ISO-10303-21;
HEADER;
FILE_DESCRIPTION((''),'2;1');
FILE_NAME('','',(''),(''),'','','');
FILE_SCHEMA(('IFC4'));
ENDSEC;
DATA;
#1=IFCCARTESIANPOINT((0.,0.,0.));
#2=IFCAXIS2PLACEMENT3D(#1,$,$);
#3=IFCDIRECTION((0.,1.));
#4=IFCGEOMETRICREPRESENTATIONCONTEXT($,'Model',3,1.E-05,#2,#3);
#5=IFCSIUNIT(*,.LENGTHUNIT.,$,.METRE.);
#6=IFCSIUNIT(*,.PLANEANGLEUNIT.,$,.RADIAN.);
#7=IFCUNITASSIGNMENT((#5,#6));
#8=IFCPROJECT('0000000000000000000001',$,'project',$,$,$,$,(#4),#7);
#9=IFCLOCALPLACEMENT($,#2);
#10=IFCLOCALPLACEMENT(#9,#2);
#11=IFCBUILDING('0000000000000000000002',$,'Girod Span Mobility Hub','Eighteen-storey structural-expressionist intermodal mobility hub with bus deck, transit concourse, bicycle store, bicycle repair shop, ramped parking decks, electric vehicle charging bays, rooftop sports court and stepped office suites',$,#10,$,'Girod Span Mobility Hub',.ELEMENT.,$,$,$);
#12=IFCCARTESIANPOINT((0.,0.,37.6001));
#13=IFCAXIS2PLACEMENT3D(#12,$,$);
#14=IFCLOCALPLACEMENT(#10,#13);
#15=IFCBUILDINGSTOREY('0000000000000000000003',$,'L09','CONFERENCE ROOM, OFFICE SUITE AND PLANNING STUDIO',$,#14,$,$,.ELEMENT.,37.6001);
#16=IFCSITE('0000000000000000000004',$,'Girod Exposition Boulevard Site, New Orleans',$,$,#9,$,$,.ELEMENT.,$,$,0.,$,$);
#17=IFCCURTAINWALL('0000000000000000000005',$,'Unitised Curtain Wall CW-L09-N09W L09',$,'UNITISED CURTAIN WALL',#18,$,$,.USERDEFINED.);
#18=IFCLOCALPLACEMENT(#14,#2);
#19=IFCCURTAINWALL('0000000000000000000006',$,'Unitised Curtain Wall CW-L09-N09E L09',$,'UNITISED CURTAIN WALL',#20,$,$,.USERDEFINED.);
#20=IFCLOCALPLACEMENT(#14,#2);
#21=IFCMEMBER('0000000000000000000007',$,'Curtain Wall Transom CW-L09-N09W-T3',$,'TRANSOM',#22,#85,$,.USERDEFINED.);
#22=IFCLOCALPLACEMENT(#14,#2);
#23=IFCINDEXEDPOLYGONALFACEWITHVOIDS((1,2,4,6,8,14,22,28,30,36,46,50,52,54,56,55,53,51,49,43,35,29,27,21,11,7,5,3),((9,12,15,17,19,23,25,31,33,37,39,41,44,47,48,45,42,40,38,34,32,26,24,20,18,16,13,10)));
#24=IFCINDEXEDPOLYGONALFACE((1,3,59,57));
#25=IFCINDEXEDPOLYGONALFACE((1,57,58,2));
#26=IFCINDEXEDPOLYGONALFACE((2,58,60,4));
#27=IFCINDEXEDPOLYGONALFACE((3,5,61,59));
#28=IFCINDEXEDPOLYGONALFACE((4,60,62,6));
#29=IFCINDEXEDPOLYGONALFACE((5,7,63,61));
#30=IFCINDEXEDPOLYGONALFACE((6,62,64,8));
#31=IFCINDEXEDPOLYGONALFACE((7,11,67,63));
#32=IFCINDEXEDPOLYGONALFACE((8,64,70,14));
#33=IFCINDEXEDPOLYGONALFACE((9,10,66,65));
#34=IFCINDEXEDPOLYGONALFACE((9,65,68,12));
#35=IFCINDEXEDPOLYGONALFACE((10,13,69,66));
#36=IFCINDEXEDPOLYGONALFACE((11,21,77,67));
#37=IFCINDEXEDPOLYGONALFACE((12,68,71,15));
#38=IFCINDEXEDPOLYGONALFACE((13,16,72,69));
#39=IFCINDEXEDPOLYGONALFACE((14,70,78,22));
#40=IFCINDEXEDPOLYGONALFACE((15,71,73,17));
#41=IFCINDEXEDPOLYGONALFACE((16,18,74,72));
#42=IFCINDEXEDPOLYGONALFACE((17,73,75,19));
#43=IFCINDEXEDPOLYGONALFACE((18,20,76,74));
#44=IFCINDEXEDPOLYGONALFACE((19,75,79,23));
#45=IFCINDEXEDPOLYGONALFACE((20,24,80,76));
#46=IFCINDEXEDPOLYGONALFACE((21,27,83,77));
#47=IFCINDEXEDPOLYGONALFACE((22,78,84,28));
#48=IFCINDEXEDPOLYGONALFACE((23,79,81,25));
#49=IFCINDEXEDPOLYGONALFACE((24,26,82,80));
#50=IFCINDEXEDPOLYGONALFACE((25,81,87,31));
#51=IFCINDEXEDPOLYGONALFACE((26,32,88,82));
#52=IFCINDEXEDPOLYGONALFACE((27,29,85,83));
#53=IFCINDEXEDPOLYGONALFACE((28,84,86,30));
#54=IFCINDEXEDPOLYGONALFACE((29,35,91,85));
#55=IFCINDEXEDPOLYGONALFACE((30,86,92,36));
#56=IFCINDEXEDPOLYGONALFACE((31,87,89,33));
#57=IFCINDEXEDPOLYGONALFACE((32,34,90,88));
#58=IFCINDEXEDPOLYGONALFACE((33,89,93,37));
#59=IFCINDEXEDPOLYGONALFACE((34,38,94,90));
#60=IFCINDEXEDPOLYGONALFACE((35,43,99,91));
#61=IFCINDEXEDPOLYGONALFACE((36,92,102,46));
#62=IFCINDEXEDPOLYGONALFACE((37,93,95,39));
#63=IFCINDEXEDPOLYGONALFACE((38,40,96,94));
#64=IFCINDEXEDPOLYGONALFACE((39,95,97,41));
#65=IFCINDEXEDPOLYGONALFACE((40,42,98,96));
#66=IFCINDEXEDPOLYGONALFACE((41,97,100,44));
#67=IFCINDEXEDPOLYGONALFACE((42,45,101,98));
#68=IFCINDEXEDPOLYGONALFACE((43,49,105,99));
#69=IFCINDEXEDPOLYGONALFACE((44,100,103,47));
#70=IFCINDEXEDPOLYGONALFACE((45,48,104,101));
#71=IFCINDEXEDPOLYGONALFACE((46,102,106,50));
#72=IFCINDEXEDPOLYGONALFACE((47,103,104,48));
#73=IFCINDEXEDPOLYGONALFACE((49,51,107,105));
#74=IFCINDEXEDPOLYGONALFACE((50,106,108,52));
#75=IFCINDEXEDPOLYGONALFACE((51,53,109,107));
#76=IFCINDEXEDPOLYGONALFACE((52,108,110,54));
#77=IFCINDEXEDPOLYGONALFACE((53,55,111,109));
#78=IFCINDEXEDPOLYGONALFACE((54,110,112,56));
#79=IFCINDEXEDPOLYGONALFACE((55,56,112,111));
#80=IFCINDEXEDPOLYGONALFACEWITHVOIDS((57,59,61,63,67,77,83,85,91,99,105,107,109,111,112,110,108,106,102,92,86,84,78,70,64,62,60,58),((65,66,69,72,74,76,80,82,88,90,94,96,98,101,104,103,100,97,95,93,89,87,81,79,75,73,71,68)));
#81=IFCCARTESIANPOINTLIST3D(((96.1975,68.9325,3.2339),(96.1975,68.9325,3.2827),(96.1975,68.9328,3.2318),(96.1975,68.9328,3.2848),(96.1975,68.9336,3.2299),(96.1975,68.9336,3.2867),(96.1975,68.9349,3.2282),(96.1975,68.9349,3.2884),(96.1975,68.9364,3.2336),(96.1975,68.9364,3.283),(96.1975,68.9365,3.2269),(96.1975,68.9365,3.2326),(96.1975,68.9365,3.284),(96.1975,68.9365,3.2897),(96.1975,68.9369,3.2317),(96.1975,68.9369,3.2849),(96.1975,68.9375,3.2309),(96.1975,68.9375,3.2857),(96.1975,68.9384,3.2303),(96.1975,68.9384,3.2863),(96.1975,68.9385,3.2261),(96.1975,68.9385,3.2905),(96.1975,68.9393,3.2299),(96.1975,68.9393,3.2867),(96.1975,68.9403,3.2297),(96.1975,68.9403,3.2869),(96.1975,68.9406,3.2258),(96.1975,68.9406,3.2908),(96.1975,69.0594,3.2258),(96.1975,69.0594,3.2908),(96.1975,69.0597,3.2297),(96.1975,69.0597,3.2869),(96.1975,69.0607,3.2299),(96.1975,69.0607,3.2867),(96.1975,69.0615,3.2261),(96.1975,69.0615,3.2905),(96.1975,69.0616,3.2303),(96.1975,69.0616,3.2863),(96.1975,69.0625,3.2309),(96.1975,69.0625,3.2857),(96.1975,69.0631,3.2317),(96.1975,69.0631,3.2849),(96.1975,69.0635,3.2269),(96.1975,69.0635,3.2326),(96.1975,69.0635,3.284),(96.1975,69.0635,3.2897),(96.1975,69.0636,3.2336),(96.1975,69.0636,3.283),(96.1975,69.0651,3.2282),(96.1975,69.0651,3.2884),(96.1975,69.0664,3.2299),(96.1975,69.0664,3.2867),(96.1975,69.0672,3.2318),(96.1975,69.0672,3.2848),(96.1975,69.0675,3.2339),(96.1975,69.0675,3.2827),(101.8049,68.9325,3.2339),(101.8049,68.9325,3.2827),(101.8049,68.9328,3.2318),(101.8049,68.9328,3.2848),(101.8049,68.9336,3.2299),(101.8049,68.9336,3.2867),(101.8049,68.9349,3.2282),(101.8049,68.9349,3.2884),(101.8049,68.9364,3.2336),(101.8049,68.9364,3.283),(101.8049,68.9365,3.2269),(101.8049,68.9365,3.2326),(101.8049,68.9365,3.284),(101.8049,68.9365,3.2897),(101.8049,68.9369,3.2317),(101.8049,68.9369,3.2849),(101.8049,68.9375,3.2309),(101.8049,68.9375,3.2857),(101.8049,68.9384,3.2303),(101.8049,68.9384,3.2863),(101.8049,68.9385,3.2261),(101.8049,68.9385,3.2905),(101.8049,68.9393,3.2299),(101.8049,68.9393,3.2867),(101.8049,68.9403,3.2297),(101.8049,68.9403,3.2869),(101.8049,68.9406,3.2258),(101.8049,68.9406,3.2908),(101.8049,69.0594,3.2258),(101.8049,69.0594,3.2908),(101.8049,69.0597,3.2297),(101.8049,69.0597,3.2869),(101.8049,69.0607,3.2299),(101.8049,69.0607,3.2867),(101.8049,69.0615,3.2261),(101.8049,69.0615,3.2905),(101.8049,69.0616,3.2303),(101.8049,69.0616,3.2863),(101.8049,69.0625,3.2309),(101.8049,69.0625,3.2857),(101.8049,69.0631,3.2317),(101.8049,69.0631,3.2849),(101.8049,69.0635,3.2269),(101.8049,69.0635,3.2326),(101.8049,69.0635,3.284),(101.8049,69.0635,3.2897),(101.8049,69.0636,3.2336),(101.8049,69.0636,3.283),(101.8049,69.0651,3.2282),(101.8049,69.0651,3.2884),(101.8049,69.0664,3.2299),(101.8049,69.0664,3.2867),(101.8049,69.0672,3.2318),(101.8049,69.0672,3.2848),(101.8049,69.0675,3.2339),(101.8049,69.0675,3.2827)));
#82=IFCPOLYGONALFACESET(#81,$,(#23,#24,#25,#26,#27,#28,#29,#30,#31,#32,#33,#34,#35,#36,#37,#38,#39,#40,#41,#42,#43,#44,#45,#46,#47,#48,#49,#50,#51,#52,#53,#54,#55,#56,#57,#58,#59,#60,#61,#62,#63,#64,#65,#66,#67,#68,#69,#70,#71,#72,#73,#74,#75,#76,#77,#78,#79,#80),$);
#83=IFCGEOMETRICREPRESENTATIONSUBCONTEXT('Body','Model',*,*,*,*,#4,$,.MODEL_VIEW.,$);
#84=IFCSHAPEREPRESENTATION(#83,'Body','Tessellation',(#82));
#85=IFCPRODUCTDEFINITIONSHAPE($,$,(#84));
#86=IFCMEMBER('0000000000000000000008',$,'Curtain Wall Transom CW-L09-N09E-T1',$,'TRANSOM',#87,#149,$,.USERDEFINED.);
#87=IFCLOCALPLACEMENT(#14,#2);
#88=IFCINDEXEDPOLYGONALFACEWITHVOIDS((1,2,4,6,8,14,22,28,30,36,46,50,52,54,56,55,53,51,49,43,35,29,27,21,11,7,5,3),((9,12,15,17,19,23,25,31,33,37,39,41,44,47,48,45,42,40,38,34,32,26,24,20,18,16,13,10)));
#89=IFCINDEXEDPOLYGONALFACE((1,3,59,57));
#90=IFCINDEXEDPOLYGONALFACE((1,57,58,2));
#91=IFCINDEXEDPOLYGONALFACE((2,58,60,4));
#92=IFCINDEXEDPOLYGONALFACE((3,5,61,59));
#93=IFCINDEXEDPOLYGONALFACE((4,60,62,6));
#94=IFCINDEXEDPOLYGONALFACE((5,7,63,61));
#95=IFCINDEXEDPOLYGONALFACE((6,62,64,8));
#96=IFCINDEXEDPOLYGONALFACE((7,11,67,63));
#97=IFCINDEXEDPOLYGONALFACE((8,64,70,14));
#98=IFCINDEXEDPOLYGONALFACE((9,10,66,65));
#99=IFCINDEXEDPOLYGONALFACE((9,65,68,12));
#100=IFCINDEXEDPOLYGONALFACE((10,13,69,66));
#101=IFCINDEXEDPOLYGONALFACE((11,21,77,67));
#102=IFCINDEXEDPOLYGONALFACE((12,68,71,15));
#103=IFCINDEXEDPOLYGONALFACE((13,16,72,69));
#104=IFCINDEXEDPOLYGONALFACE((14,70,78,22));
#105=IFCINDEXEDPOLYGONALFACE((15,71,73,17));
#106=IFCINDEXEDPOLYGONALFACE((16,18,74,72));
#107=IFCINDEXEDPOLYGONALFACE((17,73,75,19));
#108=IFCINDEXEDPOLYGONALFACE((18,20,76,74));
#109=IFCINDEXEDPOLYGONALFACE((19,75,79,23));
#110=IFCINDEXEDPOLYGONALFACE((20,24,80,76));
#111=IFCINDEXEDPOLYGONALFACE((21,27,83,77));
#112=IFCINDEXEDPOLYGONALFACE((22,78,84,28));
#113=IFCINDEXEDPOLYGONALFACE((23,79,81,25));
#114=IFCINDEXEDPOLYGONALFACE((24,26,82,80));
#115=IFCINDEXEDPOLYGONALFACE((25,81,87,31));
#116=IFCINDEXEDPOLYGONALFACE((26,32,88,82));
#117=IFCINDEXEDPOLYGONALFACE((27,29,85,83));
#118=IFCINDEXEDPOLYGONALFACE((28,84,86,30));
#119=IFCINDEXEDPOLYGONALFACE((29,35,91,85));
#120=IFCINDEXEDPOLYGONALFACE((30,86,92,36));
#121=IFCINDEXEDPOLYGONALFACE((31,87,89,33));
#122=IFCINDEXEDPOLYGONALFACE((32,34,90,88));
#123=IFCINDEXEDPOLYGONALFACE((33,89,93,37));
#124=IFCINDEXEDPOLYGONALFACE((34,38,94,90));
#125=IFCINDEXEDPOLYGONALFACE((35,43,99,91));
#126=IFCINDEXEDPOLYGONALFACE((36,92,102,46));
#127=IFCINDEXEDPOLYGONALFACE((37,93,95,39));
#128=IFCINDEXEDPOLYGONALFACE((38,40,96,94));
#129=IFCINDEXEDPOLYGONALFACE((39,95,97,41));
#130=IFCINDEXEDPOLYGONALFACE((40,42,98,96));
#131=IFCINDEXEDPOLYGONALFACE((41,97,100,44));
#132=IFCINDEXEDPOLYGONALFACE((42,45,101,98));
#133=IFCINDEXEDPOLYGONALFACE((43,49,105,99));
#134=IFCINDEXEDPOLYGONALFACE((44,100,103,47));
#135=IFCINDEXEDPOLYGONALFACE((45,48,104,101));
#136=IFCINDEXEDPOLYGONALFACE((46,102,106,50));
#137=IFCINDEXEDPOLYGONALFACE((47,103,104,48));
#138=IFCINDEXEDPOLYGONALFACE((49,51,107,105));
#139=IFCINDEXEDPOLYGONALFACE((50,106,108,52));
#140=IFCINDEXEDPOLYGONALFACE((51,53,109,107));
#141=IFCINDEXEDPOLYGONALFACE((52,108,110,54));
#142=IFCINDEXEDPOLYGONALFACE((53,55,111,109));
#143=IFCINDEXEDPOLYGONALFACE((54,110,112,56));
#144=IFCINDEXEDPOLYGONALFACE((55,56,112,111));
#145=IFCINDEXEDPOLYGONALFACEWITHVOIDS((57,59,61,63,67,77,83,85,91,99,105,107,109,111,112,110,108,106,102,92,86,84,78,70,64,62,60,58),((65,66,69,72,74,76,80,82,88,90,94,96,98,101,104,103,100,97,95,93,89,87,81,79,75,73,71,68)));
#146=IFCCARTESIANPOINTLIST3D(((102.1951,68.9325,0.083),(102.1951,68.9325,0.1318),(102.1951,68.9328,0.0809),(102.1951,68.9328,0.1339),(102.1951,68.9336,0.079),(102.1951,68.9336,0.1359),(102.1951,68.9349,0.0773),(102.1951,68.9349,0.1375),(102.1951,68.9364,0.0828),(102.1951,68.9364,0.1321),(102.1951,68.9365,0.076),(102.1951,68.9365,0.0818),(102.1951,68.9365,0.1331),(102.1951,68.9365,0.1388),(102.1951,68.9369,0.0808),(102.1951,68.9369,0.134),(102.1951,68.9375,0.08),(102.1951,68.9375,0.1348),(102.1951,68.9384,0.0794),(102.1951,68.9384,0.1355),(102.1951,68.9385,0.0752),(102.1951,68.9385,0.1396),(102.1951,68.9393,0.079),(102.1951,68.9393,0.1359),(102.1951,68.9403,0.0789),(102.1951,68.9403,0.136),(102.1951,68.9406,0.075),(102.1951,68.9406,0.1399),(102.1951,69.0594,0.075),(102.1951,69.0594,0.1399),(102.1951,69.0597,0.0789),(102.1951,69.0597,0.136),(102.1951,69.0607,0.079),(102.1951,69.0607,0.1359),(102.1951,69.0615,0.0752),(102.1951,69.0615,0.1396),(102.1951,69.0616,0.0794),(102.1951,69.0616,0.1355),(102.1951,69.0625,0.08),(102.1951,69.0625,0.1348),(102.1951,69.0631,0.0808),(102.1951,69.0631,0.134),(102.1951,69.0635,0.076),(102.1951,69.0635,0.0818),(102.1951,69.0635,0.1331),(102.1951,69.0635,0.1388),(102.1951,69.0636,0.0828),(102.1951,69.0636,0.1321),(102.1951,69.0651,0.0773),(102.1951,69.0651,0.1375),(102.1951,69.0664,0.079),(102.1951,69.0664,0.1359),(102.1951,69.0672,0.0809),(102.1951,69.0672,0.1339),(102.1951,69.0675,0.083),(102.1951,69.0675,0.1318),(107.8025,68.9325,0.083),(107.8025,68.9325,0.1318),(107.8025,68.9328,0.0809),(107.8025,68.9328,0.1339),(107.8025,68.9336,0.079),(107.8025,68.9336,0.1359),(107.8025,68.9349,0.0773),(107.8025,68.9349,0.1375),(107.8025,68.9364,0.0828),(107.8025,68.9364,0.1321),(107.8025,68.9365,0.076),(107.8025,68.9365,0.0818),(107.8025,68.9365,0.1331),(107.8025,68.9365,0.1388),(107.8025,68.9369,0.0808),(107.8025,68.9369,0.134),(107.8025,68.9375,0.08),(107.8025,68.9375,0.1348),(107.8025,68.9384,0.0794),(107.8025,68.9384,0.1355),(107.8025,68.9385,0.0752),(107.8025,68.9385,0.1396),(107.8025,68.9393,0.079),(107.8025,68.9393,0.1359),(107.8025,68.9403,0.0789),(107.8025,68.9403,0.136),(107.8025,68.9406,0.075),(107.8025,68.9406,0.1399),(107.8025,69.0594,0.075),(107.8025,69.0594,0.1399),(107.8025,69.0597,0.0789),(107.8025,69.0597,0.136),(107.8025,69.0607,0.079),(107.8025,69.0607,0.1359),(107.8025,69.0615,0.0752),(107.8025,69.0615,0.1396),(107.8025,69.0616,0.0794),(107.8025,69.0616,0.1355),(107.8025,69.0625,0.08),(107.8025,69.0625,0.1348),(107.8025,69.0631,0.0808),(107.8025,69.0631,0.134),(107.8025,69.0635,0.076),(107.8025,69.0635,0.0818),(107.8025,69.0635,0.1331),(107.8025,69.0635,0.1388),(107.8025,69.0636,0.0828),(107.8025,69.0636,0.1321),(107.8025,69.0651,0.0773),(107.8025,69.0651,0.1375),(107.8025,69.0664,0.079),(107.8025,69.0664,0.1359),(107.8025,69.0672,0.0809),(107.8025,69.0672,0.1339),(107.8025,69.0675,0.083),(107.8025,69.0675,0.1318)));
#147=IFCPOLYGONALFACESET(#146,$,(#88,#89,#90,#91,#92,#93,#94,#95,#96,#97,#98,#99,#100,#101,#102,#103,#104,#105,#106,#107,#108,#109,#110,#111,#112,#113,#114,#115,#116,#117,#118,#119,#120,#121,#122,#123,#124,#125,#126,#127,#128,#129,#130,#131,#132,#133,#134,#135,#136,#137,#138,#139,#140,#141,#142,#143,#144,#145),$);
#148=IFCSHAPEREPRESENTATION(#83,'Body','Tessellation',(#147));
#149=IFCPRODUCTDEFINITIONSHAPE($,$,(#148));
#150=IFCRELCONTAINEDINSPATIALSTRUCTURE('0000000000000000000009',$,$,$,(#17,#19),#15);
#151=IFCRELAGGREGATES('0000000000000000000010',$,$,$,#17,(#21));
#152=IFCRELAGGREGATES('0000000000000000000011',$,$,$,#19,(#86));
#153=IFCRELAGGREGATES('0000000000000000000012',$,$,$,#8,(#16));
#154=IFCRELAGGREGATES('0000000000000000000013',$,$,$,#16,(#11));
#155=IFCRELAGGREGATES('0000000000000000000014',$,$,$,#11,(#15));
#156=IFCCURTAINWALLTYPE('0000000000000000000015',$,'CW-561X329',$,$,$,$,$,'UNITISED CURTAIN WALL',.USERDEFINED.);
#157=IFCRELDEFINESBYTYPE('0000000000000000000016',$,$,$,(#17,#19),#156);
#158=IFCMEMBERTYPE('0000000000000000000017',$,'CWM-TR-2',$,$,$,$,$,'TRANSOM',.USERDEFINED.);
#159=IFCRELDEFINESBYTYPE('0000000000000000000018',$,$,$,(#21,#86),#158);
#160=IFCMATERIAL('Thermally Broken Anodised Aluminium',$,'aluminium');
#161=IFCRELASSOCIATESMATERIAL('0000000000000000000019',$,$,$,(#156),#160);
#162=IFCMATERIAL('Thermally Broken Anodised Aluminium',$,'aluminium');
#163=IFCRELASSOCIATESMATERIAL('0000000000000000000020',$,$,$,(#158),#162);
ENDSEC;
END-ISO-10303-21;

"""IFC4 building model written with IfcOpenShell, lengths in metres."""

from ifc_helpers import new_model, si_unit, direction, frame, origin, origin_2d, place, context, subcontext, project, spatial, hollow_rectangle, extrude, material, material_profile, profile_set, type_object, element, aggregate, save


model = new_model("IFC4")

# Units and contexts
model_context = context("Model", 3, precision=1e-05, world=origin(), true_north=direction((0.0, 1.0)))
body_context = subcontext(model_context, "Body", "Model", "MODEL_VIEW")
ifc_project = project(units=[si_unit("LENGTHUNIT", "METRE"), si_unit("PLANEANGLEUNIT", "RADIAN")], contexts=[model_context])

# Site, building, storey
site_placement = place(None, origin())
site = spatial("IfcSite", under=ifc_project, at=site_placement, Name="Girod Exposition Boulevard Site, New Orleans", CompositionType="ELEMENT", RefElevation=0.0)
building_placement = place(site_placement, origin())
building = spatial("IfcBuilding", under=site, at=building_placement, Name="Girod Span Mobility Hub", Description="Eighteen-storey structural-expressionist intermodal mobility hub with bus deck, transit concourse, bicycle store, bicycle repair shop, ramped parking decks, electric vehicle charging bays, rooftop sports court and stepped office suites", LongName="Girod Span Mobility Hub", CompositionType="ELEMENT")
storey_placement = place(building_placement, frame((0.0, 0.0, 37.6001)))
storey = spatial("IfcBuildingStorey", under=building, at=storey_placement, Name="L09", Description="CONFERENCE ROOM, OFFICE SUITE AND PLANNING STUDIO", CompositionType="ELEMENT", Elevation=37.6001)

# Curtain walls
ifc_material_1 = material(Name="Thermally Broken Anodised Aluminium", Category="aluminium")
curtain_wall_type = type_object("IfcCurtainWallType", Name="CW-561X329", ElementType="UNITISED CURTAIN WALL", PredefinedType="USERDEFINED", material=ifc_material_1)
curtain_wall_1_placement = place(storey_placement, origin())
curtain_wall_1 = element("IfcCurtainWall", 1, at=curtain_wall_1_placement, inside=storey, type_object=curtain_wall_type, Name="Unitised Curtain Wall CW-L09-N09W L09", ObjectType="UNITISED CURTAIN WALL", PredefinedType="USERDEFINED")
curtain_wall_2_placement = place(storey_placement, origin())
curtain_wall_2 = element("IfcCurtainWall", 2, at=curtain_wall_2_placement, inside=storey, type_object=curtain_wall_type, Name="Unitised Curtain Wall CW-L09-N09E L09", ObjectType="UNITISED CURTAIN WALL", PredefinedType="USERDEFINED")

# Members
ifc_material_2 = material(Name="Thermally Broken Anodised Aluminium", Category="aluminium")
ifc_material_profile_1 = material_profile(ifc_material_2, hollow_rectangle(XDim=0.135, YDim=0.0649, WallThickness=0.0039, InnerFilletRadius=0.0039, OuterFilletRadius=0.0081, at=origin_2d()), Name="CW-TR-65X135")
ifc_profile_set_1 = profile_set([ifc_material_profile_1], Name="Thermally Broken Anodised Aluminium")
member_type_1 = type_object("IfcMemberType", Name="CWM-TR-2", ElementType="TRANSOM", PredefinedType="USERDEFINED", material=ifc_profile_set_1)
member_1_placement = place(storey_placement, frame((96.1975, 69.0, 3.2583), z_axis=(1.0, 0.0, 0.0), x_axis=(0.0, 1.0, 0.0)))
member_1 = element("IfcMember", 3, at=member_1_placement, type_object=member_type_1, Name="Curtain Wall Transom CW-L09-N09W-T3", ObjectType="TRANSOM", PredefinedType="USERDEFINED", context=body_context, shape_type="SweptSolid", body=[
    extrude(hollow_rectangle(XDim=0.135, YDim=0.0649, WallThickness=0.0039, InnerFilletRadius=0.0039, OuterFilletRadius=0.0081, at=origin_2d()), origin(), (0.0, 0.0, 1.0), 5.6074),
])
member_2_placement = place(storey_placement, frame((102.1951, 69.0, 0.1074), z_axis=(1.0, 0.0, 0.0), x_axis=(0.0, 1.0, 0.0)))
member_2 = element("IfcMember", 4, at=member_2_placement, type_object=member_type_1, Name="Curtain Wall Transom CW-L09-N09E-T1", ObjectType="TRANSOM", PredefinedType="USERDEFINED", context=body_context, shape_type="SweptSolid", body=[
    extrude(hollow_rectangle(XDim=0.135, YDim=0.0649, WallThickness=0.0039, InnerFilletRadius=0.0039, OuterFilletRadius=0.0081, at=origin_2d()), origin(), (0.0, 0.0, 1.0), 5.6074),
])

aggregate(curtain_wall_1, [member_1])
aggregate(curtain_wall_2, [member_2])

save(model, "model.ifc")
